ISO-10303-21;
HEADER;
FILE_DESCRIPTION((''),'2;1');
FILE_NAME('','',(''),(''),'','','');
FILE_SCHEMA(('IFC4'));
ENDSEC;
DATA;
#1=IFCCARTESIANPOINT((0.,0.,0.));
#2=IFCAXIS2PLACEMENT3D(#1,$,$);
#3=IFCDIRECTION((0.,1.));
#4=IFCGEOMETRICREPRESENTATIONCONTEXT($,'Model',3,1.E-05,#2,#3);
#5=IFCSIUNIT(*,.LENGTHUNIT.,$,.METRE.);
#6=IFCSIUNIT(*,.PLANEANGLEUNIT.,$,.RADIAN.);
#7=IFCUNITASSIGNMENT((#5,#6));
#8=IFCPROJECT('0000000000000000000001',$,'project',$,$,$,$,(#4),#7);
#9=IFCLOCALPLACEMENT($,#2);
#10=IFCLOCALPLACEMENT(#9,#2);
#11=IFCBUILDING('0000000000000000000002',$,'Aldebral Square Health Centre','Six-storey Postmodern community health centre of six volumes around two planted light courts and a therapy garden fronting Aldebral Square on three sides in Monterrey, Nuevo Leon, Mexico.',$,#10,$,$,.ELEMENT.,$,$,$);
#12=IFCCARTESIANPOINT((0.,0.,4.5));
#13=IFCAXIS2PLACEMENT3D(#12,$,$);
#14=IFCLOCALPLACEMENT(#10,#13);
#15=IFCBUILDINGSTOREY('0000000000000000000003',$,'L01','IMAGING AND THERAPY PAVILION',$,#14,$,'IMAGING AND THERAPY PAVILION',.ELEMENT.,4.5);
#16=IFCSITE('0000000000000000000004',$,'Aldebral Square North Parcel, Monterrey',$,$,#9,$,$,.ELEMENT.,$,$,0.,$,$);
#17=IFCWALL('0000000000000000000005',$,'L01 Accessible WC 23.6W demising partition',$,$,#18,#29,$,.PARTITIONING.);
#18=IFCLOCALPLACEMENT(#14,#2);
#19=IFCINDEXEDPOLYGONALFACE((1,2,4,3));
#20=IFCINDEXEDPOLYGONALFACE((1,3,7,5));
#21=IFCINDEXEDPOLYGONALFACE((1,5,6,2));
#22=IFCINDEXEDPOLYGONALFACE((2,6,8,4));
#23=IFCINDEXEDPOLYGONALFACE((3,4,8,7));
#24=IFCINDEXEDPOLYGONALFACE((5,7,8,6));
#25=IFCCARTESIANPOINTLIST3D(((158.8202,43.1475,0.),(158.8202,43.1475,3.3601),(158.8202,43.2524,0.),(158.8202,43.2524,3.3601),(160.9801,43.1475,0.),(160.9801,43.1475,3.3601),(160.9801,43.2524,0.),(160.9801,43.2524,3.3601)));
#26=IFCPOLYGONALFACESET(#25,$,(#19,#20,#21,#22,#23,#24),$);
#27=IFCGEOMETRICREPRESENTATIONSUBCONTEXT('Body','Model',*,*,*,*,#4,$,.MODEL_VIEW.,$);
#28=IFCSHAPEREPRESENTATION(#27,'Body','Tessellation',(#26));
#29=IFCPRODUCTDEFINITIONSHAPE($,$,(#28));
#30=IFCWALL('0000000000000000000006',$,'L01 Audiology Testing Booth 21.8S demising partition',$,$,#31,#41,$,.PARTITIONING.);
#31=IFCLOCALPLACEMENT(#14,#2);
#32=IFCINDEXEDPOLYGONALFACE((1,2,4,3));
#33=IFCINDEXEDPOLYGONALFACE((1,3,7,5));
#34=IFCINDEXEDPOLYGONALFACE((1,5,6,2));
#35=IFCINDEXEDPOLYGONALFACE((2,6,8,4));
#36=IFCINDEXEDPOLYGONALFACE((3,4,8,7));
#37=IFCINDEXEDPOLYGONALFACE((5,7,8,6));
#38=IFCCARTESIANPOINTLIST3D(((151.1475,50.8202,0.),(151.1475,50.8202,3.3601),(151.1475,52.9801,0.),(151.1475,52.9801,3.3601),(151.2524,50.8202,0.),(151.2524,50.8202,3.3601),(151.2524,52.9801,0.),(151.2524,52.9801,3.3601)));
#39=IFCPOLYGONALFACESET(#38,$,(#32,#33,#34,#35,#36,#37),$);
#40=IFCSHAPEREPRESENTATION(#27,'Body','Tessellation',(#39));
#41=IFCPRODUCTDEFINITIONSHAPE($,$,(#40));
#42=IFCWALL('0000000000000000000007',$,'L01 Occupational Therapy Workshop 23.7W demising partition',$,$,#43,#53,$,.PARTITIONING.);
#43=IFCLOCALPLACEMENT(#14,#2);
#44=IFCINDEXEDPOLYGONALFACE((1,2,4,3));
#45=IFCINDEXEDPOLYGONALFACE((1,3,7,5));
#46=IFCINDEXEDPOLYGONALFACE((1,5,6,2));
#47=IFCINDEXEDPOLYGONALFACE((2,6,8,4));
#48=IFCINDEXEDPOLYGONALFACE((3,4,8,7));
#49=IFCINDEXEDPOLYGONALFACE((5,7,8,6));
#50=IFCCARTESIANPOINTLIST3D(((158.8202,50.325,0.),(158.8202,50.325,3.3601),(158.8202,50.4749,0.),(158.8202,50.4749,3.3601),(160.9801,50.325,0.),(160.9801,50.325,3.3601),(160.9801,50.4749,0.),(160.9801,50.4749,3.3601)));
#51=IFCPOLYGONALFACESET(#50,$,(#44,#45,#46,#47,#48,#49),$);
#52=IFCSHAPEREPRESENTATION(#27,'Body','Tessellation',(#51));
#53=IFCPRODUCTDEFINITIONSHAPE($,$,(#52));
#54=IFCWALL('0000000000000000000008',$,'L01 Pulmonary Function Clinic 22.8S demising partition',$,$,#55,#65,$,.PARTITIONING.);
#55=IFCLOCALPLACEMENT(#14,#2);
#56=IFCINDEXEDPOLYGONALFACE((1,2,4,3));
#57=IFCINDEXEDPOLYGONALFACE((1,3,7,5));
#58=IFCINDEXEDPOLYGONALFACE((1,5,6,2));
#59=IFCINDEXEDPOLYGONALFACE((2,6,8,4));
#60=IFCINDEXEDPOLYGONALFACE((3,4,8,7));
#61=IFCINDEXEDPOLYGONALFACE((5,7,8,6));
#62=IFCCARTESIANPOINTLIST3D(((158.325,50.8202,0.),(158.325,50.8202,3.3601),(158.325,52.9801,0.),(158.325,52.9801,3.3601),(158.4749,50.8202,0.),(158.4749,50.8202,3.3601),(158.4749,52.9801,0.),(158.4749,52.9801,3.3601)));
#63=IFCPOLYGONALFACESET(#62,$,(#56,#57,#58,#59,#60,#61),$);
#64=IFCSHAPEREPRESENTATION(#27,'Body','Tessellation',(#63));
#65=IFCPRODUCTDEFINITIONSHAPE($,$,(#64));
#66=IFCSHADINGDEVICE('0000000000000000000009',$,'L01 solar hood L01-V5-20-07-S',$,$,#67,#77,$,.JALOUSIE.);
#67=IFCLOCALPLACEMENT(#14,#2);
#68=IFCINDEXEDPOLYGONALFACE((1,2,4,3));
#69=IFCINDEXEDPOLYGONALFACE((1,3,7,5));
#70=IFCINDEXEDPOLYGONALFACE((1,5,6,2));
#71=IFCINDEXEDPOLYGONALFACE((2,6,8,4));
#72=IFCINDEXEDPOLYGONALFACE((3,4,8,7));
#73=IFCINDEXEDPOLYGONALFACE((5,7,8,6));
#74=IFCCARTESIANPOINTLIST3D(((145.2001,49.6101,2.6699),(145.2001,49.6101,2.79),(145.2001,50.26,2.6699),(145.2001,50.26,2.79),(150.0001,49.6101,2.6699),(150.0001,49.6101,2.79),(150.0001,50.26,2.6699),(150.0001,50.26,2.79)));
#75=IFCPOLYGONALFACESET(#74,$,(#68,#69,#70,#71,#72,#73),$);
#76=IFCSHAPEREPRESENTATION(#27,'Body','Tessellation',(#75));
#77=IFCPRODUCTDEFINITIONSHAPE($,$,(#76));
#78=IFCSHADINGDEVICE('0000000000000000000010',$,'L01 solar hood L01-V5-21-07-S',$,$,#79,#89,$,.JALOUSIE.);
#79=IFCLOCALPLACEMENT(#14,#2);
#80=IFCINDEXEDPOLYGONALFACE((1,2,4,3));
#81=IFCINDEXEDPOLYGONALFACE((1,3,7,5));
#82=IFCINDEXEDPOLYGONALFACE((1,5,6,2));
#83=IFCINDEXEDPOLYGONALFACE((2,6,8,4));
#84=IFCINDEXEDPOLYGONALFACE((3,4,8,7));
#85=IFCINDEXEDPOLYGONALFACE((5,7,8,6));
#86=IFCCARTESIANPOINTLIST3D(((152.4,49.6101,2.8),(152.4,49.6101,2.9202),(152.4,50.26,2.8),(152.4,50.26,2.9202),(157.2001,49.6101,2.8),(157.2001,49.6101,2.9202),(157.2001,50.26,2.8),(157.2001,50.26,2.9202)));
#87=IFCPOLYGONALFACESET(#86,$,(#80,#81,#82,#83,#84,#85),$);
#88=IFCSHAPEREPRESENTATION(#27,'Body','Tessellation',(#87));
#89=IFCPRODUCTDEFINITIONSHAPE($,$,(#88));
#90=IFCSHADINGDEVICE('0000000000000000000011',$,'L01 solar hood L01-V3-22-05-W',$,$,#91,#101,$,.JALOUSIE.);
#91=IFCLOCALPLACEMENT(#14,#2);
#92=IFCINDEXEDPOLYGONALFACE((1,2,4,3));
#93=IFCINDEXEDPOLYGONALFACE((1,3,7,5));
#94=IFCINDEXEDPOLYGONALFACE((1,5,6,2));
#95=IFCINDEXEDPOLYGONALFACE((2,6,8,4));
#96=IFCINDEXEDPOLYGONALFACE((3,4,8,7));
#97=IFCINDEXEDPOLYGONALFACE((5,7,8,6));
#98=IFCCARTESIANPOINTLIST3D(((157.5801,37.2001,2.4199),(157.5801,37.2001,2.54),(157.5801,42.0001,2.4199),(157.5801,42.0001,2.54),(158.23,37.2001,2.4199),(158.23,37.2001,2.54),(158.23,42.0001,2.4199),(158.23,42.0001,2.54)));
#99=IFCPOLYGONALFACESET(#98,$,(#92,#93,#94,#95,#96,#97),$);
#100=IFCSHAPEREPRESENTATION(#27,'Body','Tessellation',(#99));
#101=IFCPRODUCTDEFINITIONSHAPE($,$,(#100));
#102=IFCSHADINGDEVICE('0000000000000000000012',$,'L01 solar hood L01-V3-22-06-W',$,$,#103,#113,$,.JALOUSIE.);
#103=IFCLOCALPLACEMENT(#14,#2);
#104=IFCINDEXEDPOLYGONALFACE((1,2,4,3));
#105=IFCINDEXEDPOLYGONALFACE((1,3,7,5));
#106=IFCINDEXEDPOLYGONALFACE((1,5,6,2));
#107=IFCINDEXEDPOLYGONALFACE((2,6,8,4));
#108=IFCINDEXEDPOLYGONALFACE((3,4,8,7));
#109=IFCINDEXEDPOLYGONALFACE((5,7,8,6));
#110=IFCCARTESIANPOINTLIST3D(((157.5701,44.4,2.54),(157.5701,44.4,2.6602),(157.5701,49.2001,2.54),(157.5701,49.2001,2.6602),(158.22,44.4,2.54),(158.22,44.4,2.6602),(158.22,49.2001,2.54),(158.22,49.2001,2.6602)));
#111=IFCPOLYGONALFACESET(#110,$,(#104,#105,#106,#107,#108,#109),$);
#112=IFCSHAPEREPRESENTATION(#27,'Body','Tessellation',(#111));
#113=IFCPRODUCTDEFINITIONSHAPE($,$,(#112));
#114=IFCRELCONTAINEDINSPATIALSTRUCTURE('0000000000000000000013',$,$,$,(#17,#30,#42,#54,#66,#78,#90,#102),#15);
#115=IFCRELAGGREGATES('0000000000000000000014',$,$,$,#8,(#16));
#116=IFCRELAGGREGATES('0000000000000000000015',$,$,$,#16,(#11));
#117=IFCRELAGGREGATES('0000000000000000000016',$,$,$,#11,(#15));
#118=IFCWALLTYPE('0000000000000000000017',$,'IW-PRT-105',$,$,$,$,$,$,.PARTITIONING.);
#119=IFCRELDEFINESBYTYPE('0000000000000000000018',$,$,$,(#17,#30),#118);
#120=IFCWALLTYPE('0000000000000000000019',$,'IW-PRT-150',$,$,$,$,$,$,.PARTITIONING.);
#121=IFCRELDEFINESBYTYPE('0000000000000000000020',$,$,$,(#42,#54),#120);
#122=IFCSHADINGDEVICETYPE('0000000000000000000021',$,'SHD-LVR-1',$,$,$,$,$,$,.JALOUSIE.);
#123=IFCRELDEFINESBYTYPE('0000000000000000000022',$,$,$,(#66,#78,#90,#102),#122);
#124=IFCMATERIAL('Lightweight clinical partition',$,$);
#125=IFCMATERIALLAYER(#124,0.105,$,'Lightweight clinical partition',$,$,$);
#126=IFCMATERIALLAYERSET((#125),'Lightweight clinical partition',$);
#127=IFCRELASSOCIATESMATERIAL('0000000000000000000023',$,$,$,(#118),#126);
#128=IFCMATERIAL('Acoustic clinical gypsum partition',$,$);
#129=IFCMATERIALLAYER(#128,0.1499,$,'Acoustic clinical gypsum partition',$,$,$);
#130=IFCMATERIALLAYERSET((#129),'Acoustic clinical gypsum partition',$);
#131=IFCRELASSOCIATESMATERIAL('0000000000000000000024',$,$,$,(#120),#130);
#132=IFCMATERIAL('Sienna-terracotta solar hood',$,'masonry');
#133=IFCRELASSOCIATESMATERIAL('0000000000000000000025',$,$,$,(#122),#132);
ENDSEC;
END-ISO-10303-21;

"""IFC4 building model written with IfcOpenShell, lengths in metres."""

from ifc_helpers import new_model, si_unit, direction, frame, frame_2d, origin, origin_2d, place, context, subcontext, project, spatial, rectangle, extrude, material, layer, layer_set, type_object, element, save


model = new_model("IFC4")

# Units and contexts
model_context = context("Model", 3, precision=1e-05, world=origin(), true_north=direction((0.0, 1.0)))
body_context = subcontext(model_context, "Body", "Model", "MODEL_VIEW")
ifc_project = project(units=[si_unit("LENGTHUNIT", "METRE"), si_unit("PLANEANGLEUNIT", "RADIAN")], contexts=[model_context])

# Site, building, storey
site_placement = place(None, origin())
site = spatial("IfcSite", under=ifc_project, at=site_placement, Name="Aldebral Square North Parcel, Monterrey", CompositionType="ELEMENT", RefElevation=0.0)
building_placement = place(site_placement, origin())
building = spatial("IfcBuilding", under=site, at=building_placement, Name="Aldebral Square Health Centre", Description="Six-storey Postmodern community health centre of six volumes around two planted light courts and a therapy garden fronting Aldebral Square on three sides in Monterrey, Nuevo Leon, Mexico.", CompositionType="ELEMENT")
storey_placement = place(building_placement, frame((0.0, 0.0, 4.5)))
storey = spatial("IfcBuildingStorey", under=building, at=storey_placement, Name="L01", Description="IMAGING AND THERAPY PAVILION", LongName="IMAGING AND THERAPY PAVILION", CompositionType="ELEMENT", Elevation=4.5)

# Walls
ifc_material_1 = material(Name="Lightweight clinical partition")
ifc_layer_1 = layer(ifc_material_1, 0.105, Name="Lightweight clinical partition")
ifc_layer_set_1 = layer_set([ifc_layer_1], Name="Lightweight clinical partition")
wall_type_1 = type_object("IfcWallType", Name="IW-PRT-105", PredefinedType="PARTITIONING", material=ifc_layer_set_1)
for number, where, z_axis, x_axis, name in (
    (1, (158.8201, 43.2, 0.0), (0.0, 0.0, 1.0), (1.0, 0.0, 0.0), "L01 Accessible WC 23.6W demising partition"),
    (2, (151.2, 50.8201, 0.0), (0.0, 0.0, 1.0), (0.0, 1.0, 0.0), "L01 Audiology Testing Booth 21.8S demising partition"),
):
    element("IfcWall", number, at=place(storey_placement, frame(where, z_axis=z_axis, x_axis=x_axis)), inside=storey, type_object=wall_type_1, Name=name, PredefinedType="PARTITIONING", context=body_context, shape_type="SweptSolid", body=[
        extrude(rectangle(XDim=2.1599, YDim=0.105, at=frame_2d((1.0801, 0.0))), origin(), (0.0, 0.0, 1.0), 3.3601),
    ])
ifc_material_2 = material(Name="Acoustic clinical gypsum partition")
ifc_layer_2 = layer(ifc_material_2, 0.1499, Name="Acoustic clinical gypsum partition")
ifc_layer_set_2 = layer_set([ifc_layer_2], Name="Acoustic clinical gypsum partition")
wall_type_2 = type_object("IfcWallType", Name="IW-PRT-150", PredefinedType="PARTITIONING", material=ifc_layer_set_2)
for number, where, z_axis, x_axis, name in (
    (3, (158.8201, 50.3999, 0.0), (0.0, 0.0, 1.0), (1.0, 0.0, 0.0), "L01 Occupational Therapy Workshop 23.7W demising partition"),
    (4, (158.3999, 50.8201, 0.0), (0.0, 0.0, 1.0), (0.0, 1.0, 0.0), "L01 Pulmonary Function Clinic 22.8S demising partition"),
):
    element("IfcWall", number, at=place(storey_placement, frame(where, z_axis=z_axis, x_axis=x_axis)), inside=storey, type_object=wall_type_2, Name=name, PredefinedType="PARTITIONING", context=body_context, shape_type="SweptSolid", body=[
        extrude(rectangle(XDim=2.1599, YDim=0.1499, at=frame_2d((1.0801, 0.0))), origin(), (0.0, 0.0, 1.0), 3.3601),
    ])

# Shading devices
ifc_material_3 = material(Name="Sienna-terracotta solar hood", Category="masonry")
shading_device_type = type_object("IfcShadingDeviceType", Name="SHD-LVR-1", PredefinedType="JALOUSIE", material=ifc_material_3)
for number, where, z_axis, x_axis, name in (
    (5, (147.6001, 49.9351, 2.6699), (0.0, 0.0, 1.0), (1.0, 0.0, 0.0), "L01 solar hood L01-V5-20-07-S"),
    (6, (154.8, 49.9351, 2.8), (0.0, 0.0, 1.0), (1.0, 0.0, 0.0), "L01 solar hood L01-V5-21-07-S"),
    (7, (157.905, 39.6001, 2.4199), (0.0, 0.0, 1.0), (0.0, 1.0, 0.0), "L01 solar hood L01-V3-22-05-W"),
    (8, (157.895, 46.8, 2.54), (0.0, 0.0, 1.0), (0.0, 1.0, 0.0), "L01 solar hood L01-V3-22-06-W"),
):
    element("IfcShadingDevice", number, at=place(storey_placement, frame(where, z_axis=z_axis, x_axis=x_axis)), inside=storey, type_object=shading_device_type, Name=name, PredefinedType="JALOUSIE", context=body_context, shape_type="SweptSolid", body=[
        extrude(rectangle(XDim=4.8, YDim=0.6499, at=origin_2d()), origin(), (0.0, 0.0, 1.0), 0.1201),
    ])

save(model, "model.ifc")
